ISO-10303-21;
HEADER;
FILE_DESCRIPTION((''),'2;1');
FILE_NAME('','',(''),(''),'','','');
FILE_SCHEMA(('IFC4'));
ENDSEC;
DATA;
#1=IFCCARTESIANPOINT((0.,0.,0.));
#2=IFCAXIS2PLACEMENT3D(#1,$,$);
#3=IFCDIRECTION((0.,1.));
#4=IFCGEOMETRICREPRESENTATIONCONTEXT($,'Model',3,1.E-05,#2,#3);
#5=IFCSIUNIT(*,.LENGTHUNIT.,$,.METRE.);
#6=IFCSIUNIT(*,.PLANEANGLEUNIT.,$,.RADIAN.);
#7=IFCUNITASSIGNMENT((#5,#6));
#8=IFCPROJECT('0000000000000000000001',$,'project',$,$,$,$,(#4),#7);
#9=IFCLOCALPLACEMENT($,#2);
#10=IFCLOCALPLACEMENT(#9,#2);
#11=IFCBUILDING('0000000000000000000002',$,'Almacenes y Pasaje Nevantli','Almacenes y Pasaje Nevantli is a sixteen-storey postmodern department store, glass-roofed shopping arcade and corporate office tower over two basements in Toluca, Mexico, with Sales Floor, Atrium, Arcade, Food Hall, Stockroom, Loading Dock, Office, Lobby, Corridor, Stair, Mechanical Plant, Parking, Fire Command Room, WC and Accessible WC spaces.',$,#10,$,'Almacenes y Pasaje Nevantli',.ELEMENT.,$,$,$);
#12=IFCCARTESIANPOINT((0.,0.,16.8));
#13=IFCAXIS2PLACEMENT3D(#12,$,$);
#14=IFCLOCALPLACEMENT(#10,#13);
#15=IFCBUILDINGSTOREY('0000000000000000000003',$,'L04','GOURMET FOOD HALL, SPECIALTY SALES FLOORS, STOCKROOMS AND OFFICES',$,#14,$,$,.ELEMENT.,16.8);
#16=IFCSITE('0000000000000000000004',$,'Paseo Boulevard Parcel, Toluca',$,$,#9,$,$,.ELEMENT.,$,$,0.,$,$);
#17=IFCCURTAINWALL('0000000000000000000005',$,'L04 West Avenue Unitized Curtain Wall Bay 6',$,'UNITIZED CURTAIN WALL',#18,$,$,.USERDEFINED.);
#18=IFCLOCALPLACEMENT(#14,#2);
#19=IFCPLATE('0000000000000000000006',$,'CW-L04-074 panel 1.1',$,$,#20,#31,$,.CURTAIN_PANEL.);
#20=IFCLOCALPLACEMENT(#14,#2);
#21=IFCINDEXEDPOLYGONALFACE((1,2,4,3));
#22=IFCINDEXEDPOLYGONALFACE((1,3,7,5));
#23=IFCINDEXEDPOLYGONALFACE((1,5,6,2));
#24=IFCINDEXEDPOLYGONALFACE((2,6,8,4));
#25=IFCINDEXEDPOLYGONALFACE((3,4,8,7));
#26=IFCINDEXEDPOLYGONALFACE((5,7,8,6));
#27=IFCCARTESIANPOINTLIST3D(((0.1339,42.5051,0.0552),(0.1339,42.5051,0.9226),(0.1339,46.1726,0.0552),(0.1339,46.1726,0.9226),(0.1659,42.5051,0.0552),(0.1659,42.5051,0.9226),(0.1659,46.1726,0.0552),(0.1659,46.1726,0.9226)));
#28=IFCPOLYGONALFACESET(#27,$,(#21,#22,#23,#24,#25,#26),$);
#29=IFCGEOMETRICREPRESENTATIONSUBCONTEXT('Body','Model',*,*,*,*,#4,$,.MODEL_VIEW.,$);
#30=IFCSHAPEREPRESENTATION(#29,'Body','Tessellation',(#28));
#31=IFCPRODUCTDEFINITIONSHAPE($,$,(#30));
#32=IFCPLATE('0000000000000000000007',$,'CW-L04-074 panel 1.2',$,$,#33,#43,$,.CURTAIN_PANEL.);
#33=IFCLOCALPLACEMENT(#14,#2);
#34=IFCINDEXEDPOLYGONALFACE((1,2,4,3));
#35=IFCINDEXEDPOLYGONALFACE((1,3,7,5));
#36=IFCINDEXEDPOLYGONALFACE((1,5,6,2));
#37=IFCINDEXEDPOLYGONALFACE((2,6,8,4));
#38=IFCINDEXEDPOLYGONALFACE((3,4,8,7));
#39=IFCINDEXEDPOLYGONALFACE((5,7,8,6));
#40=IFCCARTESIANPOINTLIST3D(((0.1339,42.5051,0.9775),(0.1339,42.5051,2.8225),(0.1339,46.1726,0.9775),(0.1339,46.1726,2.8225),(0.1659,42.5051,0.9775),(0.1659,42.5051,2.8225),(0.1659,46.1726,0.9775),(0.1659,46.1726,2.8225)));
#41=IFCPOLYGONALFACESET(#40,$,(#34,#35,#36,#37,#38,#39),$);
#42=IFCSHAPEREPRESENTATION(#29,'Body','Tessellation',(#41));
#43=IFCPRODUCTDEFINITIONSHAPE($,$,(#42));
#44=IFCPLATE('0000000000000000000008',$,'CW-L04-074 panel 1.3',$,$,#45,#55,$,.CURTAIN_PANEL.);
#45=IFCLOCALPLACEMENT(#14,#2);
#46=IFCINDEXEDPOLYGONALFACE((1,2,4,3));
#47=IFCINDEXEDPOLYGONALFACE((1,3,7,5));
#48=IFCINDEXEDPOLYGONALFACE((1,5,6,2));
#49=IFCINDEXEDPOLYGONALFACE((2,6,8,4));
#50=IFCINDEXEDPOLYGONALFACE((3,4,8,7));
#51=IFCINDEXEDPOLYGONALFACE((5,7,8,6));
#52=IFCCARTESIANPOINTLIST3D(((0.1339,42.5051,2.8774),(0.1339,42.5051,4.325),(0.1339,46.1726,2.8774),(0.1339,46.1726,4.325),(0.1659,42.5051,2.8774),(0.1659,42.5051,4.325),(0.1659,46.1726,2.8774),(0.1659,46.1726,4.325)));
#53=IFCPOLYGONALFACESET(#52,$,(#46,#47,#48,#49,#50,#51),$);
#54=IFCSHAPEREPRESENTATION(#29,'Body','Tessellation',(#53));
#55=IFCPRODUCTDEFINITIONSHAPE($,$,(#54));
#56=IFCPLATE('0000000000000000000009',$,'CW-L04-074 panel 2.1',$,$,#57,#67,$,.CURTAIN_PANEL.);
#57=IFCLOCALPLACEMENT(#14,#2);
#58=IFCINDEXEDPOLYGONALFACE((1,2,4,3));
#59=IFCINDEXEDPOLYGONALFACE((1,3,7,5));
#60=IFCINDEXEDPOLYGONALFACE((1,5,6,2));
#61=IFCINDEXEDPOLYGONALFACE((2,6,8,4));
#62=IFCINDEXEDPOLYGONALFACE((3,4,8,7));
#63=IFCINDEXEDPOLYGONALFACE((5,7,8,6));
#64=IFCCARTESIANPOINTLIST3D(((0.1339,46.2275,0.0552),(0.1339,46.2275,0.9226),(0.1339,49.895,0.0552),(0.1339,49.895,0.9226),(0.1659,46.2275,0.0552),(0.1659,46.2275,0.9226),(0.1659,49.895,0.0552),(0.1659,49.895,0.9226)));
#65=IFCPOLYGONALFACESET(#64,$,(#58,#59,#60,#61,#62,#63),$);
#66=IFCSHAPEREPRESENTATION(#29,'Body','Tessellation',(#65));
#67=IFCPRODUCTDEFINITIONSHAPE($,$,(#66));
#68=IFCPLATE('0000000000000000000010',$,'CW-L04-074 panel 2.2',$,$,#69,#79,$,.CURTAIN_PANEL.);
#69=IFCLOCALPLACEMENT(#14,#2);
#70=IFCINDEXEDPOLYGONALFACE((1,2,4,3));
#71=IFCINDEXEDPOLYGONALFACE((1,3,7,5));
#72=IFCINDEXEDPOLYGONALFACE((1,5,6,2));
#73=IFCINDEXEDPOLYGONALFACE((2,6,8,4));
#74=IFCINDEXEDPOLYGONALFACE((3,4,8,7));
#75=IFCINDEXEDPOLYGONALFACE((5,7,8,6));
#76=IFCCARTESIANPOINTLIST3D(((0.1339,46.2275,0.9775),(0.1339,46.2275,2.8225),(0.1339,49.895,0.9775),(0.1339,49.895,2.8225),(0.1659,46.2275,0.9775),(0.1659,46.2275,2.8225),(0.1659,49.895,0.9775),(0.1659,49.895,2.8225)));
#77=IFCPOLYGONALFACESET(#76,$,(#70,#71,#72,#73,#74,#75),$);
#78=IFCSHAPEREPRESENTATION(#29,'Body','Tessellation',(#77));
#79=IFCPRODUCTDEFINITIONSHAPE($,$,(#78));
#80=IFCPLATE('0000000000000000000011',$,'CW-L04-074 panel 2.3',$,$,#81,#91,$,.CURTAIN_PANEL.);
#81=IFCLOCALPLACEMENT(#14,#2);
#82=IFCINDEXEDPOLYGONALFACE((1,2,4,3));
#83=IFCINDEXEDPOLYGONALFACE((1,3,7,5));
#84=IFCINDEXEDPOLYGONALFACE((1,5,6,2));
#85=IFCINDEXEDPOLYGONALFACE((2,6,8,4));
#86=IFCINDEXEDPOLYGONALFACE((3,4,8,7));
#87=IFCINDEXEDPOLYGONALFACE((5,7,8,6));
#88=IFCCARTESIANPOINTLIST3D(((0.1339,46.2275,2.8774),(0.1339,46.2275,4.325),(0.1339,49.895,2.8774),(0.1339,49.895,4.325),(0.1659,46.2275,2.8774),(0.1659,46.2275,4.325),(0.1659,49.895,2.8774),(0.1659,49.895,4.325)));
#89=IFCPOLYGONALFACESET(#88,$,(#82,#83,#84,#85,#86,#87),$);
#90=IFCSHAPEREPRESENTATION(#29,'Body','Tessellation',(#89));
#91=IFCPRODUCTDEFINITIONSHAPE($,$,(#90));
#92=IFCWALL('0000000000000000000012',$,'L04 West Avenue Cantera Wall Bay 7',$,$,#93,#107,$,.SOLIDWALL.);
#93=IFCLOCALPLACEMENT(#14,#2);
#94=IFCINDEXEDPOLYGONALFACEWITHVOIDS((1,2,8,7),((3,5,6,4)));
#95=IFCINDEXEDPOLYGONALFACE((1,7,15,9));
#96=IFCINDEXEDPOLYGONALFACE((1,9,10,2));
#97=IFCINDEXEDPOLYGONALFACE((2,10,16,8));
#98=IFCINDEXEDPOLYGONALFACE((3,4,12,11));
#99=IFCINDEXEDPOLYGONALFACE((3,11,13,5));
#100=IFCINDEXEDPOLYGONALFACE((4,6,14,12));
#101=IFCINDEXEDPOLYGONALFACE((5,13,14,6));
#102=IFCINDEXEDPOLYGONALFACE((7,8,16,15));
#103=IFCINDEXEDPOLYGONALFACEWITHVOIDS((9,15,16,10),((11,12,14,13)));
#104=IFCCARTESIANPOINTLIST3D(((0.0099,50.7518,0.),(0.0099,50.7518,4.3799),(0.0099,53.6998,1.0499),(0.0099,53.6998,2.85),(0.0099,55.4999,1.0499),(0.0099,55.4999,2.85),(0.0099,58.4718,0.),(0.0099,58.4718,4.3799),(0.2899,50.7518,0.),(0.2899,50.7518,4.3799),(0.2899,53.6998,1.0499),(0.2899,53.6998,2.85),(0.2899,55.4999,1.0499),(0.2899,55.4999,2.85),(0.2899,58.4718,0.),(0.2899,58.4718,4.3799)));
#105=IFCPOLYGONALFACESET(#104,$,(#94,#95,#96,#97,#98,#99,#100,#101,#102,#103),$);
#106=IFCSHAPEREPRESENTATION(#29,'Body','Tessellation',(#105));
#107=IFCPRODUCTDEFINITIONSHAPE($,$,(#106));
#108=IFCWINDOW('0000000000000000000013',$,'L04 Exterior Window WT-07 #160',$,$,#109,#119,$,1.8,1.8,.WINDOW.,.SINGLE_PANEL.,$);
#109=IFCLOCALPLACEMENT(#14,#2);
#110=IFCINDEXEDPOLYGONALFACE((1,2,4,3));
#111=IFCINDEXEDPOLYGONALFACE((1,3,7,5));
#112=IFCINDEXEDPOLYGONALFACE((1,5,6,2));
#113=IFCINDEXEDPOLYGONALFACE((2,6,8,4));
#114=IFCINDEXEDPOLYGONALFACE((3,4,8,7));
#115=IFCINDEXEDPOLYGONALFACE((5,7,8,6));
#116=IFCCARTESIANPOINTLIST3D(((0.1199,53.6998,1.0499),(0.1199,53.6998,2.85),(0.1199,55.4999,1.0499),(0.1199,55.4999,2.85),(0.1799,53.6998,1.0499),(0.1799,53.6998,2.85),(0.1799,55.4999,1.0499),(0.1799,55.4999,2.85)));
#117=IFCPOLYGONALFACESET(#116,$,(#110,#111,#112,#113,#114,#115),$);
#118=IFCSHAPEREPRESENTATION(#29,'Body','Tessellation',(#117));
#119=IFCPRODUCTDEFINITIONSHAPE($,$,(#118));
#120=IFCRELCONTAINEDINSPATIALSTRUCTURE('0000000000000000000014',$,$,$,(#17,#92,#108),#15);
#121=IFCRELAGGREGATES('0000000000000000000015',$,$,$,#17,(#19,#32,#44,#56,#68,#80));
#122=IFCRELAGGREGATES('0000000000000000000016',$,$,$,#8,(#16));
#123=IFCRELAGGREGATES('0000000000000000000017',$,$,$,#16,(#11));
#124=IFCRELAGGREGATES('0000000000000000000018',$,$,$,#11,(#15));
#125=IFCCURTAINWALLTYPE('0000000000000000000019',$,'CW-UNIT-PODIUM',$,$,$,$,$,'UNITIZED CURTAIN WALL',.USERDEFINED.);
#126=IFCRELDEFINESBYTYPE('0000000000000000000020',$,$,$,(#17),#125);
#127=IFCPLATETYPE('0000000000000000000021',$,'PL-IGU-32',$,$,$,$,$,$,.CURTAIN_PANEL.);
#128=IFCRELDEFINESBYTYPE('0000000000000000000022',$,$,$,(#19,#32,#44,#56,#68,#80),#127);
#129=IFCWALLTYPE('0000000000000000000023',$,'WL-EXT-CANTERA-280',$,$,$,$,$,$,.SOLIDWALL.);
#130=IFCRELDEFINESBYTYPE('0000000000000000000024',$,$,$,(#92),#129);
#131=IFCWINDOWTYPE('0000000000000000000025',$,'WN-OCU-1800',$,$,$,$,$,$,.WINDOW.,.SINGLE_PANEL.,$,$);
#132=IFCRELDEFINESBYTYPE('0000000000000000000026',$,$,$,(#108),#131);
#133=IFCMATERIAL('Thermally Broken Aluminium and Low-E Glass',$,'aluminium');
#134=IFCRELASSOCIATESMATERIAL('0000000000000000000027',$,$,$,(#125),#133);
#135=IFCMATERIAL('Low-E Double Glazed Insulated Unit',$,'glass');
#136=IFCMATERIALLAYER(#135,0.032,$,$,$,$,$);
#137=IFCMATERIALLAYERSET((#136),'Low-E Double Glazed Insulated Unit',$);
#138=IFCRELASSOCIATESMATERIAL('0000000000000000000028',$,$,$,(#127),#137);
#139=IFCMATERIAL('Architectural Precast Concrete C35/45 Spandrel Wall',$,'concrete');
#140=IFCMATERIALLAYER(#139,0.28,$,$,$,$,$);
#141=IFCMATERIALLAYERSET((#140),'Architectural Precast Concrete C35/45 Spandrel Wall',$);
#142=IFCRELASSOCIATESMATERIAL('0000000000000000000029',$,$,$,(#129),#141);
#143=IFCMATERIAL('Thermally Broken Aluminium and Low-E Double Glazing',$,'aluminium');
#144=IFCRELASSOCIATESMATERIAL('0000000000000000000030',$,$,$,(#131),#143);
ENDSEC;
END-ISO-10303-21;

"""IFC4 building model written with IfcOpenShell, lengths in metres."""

from ifc_helpers import new_model, si_unit, direction, frame, frame_2d, origin, origin_2d, place, context, subcontext, project, spatial, rectangle, extrude, material, layer, layer_set, type_object, element, fill, aggregate, save


model = new_model("IFC4")

# Units and contexts
model_context = context("Model", 3, precision=1e-05, world=origin(), true_north=direction((0.0, 1.0)))
body_context = subcontext(model_context, "Body", "Model", "MODEL_VIEW")
ifc_project = project(units=[si_unit("LENGTHUNIT", "METRE"), si_unit("PLANEANGLEUNIT", "RADIAN")], contexts=[model_context])

# Site, building, storey
site_placement = place(None, origin())
site = spatial("IfcSite", under=ifc_project, at=site_placement, Name="Paseo Boulevard Parcel, Toluca", CompositionType="ELEMENT", RefElevation=0.0)
building_placement = place(site_placement, origin())
building = spatial("IfcBuilding", under=site, at=building_placement, Name="Almacenes y Pasaje Nevantli", Description="Almacenes y Pasaje Nevantli is a sixteen-storey postmodern department store, glass-roofed shopping arcade and corporate office tower over two basements in Toluca, Mexico, with Sales Floor, Atrium, Arcade, Food Hall, Stockroom, Loading Dock, Office, Lobby, Corridor, Stair, Mechanical Plant, Parking, Fire Command Room, WC and Accessible WC spaces.", LongName="Almacenes y Pasaje Nevantli", CompositionType="ELEMENT")
storey_placement = place(building_placement, frame((0.0, 0.0, 16.8)))
storey = spatial("IfcBuildingStorey", under=building, at=storey_placement, Name="L04", Description="GOURMET FOOD HALL, SPECIALTY SALES FLOORS, STOCKROOMS AND OFFICES", CompositionType="ELEMENT", Elevation=16.8)

# Curtain wall
ifc_material_1 = material(Name="Thermally Broken Aluminium and Low-E Glass", Category="aluminium")
curtain_wall_type = type_object("IfcCurtainWallType", Name="CW-UNIT-PODIUM", ElementType="UNITIZED CURTAIN WALL", PredefinedType="USERDEFINED", material=ifc_material_1)
curtain_wall_1_placement = place(storey_placement, origin())
curtain_wall_1 = element("IfcCurtainWall", 1, at=curtain_wall_1_placement, inside=storey, type_object=curtain_wall_type, Name="L04 West Avenue Unitized Curtain Wall Bay 6", ObjectType="UNITIZED CURTAIN WALL", PredefinedType="USERDEFINED")

# Plates
ifc_material_2 = material(Name="Low-E Double Glazed Insulated Unit", Category="glass")
ifc_layer_1 = layer(ifc_material_2, 0.032)
ifc_layer_set_1 = layer_set([ifc_layer_1], Name="Low-E Double Glazed Insulated Unit")
plate_type = type_object("IfcPlateType", Name="PL-IGU-32", PredefinedType="CURTAIN_PANEL", material=ifc_layer_set_1)
plate_1_placement = place(storey_placement, frame((0.1499, 44.3389, 0.0552), z_axis=(0.0, 0.0, 1.0), x_axis=(0.0, 1.0, 0.0)))
plate_1 = element("IfcPlate", 2, at=plate_1_placement, type_object=plate_type, Name="CW-L04-074 panel 1.1", PredefinedType="CURTAIN_PANEL", context=body_context, shape_type="SweptSolid", body=[
    extrude(rectangle(XDim=3.6675, YDim=0.032, at=origin_2d()), origin(), (0.0, 0.0, 1.0), 0.8674),
])
plate_2_placement = place(storey_placement, frame((0.1499, 44.3389, 0.9775), z_axis=(0.0, 0.0, 1.0), x_axis=(0.0, 1.0, 0.0)))
plate_2 = element("IfcPlate", 3, at=plate_2_placement, type_object=plate_type, Name="CW-L04-074 panel 1.2", PredefinedType="CURTAIN_PANEL", context=body_context, shape_type="SweptSolid", body=[
    extrude(rectangle(XDim=3.6675, YDim=0.032, at=origin_2d()), origin(), (0.0, 0.0, 1.0), 1.845),
])
plate_3_placement = place(storey_placement, frame((0.1499, 44.3389, 2.8774), z_axis=(0.0, 0.0, 1.0), x_axis=(0.0, 1.0, 0.0)))
plate_3 = element("IfcPlate", 4, at=plate_3_placement, type_object=plate_type, Name="CW-L04-074 panel 1.3", PredefinedType="CURTAIN_PANEL", context=body_context, shape_type="SweptSolid", body=[
    extrude(rectangle(XDim=3.6675, YDim=0.032, at=origin_2d()), origin(), (0.0, 0.0, 1.0), 1.4475),
])
plate_4_placement = place(storey_placement, frame((0.1499, 48.0613, 0.0552), z_axis=(0.0, 0.0, 1.0), x_axis=(0.0, 1.0, 0.0)))
plate_4 = element("IfcPlate", 5, at=plate_4_placement, type_object=plate_type, Name="CW-L04-074 panel 2.1", PredefinedType="CURTAIN_PANEL", context=body_context, shape_type="SweptSolid", body=[
    extrude(rectangle(XDim=3.6675, YDim=0.032, at=origin_2d()), origin(), (0.0, 0.0, 1.0), 0.8674),
])
plate_5_placement = place(storey_placement, frame((0.1499, 48.0613, 0.9775), z_axis=(0.0, 0.0, 1.0), x_axis=(0.0, 1.0, 0.0)))
plate_5 = element("IfcPlate", 6, at=plate_5_placement, type_object=plate_type, Name="CW-L04-074 panel 2.2", PredefinedType="CURTAIN_PANEL", context=body_context, shape_type="SweptSolid", body=[
    extrude(rectangle(XDim=3.6675, YDim=0.032, at=origin_2d()), origin(), (0.0, 0.0, 1.0), 1.845),
])
plate_6_placement = place(storey_placement, frame((0.1499, 48.0613, 2.8774), z_axis=(0.0, 0.0, 1.0), x_axis=(0.0, 1.0, 0.0)))
plate_6 = element("IfcPlate", 7, at=plate_6_placement, type_object=plate_type, Name="CW-L04-074 panel 2.3", PredefinedType="CURTAIN_PANEL", context=body_context, shape_type="SweptSolid", body=[
    extrude(rectangle(XDim=3.6675, YDim=0.032, at=origin_2d()), origin(), (0.0, 0.0, 1.0), 1.4475),
])
aggregate(curtain_wall_1, [plate_1, plate_2, plate_3, plate_4, plate_5, plate_6])

# Wall, opening, window
ifc_material_3 = material(Name="Architectural Precast Concrete C35/45 Spandrel Wall", Category="concrete")
ifc_layer_2 = layer(ifc_material_3, 0.28)
ifc_layer_set_2 = layer_set([ifc_layer_2], Name="Architectural Precast Concrete C35/45 Spandrel Wall")
wall_type = type_object("IfcWallType", Name="WL-EXT-CANTERA-280", PredefinedType="SOLIDWALL", material=ifc_layer_set_2)
wall_placement = place(storey_placement, frame((0.1499, 50.752, 0.0), z_axis=(0.0, 0.0, 1.0), x_axis=(0.0, 1.0, 0.0)))
wall = element("IfcWall", 8, at=wall_placement, inside=storey, type_object=wall_type, Name="L04 West Avenue Cantera Wall Bay 7", PredefinedType="SOLIDWALL", context=body_context, shape_type="SweptSolid", body=[
    extrude(rectangle(XDim=7.72, YDim=0.28, at=frame_2d((3.8599, 0.0))), origin(), (0.0, 0.0, 1.0), 4.3799),
])
opening_placement = place(wall_placement, frame((2.948, 0.0, 1.05)))
opening = element("IfcOpeningElement", 9, at=opening_placement, cuts=wall, PredefinedType="OPENING", context=body_context, shape_type="SweptSolid", body=[
    extrude(rectangle(XDim=1.8, YDim=1.8, at=frame_2d((0.8999, 0.8999))), frame((0.0, 0.1499, 0.0), z_axis=(0.0, -1.0, 0.0), x_axis=(1.0, 0.0, 0.0)), (0.0, 0.0, 1.0), 0.3),
])
ifc_material_4 = material(Name="Thermally Broken Aluminium and Low-E Double Glazing", Category="aluminium")
window_type = type_object("IfcWindowType", Name="WN-OCU-1800", PartitioningType="SINGLE_PANEL", PredefinedType="WINDOW", material=ifc_material_4)
window_placement = place(opening_placement, origin())
window = element("IfcWindow", 10, at=window_placement, inside=storey, type_object=window_type, Name="L04 Exterior Window WT-07 #160", OverallHeight=1.8, OverallWidth=1.8, PartitioningType="SINGLE_PANEL", PredefinedType="WINDOW", context=body_context, shape_type="SweptSolid", body=[
    extrude(rectangle(XDim=1.8, YDim=1.8, at=frame_2d((0.8999, 0.8999))), frame((0.0, 0.03, 0.0), z_axis=(0.0, -1.0, 0.0), x_axis=(1.0, 0.0, 0.0)), (0.0, 0.0, 1.0), 0.0601),
])
fill(opening, window)

save(model, "model.ifc")
